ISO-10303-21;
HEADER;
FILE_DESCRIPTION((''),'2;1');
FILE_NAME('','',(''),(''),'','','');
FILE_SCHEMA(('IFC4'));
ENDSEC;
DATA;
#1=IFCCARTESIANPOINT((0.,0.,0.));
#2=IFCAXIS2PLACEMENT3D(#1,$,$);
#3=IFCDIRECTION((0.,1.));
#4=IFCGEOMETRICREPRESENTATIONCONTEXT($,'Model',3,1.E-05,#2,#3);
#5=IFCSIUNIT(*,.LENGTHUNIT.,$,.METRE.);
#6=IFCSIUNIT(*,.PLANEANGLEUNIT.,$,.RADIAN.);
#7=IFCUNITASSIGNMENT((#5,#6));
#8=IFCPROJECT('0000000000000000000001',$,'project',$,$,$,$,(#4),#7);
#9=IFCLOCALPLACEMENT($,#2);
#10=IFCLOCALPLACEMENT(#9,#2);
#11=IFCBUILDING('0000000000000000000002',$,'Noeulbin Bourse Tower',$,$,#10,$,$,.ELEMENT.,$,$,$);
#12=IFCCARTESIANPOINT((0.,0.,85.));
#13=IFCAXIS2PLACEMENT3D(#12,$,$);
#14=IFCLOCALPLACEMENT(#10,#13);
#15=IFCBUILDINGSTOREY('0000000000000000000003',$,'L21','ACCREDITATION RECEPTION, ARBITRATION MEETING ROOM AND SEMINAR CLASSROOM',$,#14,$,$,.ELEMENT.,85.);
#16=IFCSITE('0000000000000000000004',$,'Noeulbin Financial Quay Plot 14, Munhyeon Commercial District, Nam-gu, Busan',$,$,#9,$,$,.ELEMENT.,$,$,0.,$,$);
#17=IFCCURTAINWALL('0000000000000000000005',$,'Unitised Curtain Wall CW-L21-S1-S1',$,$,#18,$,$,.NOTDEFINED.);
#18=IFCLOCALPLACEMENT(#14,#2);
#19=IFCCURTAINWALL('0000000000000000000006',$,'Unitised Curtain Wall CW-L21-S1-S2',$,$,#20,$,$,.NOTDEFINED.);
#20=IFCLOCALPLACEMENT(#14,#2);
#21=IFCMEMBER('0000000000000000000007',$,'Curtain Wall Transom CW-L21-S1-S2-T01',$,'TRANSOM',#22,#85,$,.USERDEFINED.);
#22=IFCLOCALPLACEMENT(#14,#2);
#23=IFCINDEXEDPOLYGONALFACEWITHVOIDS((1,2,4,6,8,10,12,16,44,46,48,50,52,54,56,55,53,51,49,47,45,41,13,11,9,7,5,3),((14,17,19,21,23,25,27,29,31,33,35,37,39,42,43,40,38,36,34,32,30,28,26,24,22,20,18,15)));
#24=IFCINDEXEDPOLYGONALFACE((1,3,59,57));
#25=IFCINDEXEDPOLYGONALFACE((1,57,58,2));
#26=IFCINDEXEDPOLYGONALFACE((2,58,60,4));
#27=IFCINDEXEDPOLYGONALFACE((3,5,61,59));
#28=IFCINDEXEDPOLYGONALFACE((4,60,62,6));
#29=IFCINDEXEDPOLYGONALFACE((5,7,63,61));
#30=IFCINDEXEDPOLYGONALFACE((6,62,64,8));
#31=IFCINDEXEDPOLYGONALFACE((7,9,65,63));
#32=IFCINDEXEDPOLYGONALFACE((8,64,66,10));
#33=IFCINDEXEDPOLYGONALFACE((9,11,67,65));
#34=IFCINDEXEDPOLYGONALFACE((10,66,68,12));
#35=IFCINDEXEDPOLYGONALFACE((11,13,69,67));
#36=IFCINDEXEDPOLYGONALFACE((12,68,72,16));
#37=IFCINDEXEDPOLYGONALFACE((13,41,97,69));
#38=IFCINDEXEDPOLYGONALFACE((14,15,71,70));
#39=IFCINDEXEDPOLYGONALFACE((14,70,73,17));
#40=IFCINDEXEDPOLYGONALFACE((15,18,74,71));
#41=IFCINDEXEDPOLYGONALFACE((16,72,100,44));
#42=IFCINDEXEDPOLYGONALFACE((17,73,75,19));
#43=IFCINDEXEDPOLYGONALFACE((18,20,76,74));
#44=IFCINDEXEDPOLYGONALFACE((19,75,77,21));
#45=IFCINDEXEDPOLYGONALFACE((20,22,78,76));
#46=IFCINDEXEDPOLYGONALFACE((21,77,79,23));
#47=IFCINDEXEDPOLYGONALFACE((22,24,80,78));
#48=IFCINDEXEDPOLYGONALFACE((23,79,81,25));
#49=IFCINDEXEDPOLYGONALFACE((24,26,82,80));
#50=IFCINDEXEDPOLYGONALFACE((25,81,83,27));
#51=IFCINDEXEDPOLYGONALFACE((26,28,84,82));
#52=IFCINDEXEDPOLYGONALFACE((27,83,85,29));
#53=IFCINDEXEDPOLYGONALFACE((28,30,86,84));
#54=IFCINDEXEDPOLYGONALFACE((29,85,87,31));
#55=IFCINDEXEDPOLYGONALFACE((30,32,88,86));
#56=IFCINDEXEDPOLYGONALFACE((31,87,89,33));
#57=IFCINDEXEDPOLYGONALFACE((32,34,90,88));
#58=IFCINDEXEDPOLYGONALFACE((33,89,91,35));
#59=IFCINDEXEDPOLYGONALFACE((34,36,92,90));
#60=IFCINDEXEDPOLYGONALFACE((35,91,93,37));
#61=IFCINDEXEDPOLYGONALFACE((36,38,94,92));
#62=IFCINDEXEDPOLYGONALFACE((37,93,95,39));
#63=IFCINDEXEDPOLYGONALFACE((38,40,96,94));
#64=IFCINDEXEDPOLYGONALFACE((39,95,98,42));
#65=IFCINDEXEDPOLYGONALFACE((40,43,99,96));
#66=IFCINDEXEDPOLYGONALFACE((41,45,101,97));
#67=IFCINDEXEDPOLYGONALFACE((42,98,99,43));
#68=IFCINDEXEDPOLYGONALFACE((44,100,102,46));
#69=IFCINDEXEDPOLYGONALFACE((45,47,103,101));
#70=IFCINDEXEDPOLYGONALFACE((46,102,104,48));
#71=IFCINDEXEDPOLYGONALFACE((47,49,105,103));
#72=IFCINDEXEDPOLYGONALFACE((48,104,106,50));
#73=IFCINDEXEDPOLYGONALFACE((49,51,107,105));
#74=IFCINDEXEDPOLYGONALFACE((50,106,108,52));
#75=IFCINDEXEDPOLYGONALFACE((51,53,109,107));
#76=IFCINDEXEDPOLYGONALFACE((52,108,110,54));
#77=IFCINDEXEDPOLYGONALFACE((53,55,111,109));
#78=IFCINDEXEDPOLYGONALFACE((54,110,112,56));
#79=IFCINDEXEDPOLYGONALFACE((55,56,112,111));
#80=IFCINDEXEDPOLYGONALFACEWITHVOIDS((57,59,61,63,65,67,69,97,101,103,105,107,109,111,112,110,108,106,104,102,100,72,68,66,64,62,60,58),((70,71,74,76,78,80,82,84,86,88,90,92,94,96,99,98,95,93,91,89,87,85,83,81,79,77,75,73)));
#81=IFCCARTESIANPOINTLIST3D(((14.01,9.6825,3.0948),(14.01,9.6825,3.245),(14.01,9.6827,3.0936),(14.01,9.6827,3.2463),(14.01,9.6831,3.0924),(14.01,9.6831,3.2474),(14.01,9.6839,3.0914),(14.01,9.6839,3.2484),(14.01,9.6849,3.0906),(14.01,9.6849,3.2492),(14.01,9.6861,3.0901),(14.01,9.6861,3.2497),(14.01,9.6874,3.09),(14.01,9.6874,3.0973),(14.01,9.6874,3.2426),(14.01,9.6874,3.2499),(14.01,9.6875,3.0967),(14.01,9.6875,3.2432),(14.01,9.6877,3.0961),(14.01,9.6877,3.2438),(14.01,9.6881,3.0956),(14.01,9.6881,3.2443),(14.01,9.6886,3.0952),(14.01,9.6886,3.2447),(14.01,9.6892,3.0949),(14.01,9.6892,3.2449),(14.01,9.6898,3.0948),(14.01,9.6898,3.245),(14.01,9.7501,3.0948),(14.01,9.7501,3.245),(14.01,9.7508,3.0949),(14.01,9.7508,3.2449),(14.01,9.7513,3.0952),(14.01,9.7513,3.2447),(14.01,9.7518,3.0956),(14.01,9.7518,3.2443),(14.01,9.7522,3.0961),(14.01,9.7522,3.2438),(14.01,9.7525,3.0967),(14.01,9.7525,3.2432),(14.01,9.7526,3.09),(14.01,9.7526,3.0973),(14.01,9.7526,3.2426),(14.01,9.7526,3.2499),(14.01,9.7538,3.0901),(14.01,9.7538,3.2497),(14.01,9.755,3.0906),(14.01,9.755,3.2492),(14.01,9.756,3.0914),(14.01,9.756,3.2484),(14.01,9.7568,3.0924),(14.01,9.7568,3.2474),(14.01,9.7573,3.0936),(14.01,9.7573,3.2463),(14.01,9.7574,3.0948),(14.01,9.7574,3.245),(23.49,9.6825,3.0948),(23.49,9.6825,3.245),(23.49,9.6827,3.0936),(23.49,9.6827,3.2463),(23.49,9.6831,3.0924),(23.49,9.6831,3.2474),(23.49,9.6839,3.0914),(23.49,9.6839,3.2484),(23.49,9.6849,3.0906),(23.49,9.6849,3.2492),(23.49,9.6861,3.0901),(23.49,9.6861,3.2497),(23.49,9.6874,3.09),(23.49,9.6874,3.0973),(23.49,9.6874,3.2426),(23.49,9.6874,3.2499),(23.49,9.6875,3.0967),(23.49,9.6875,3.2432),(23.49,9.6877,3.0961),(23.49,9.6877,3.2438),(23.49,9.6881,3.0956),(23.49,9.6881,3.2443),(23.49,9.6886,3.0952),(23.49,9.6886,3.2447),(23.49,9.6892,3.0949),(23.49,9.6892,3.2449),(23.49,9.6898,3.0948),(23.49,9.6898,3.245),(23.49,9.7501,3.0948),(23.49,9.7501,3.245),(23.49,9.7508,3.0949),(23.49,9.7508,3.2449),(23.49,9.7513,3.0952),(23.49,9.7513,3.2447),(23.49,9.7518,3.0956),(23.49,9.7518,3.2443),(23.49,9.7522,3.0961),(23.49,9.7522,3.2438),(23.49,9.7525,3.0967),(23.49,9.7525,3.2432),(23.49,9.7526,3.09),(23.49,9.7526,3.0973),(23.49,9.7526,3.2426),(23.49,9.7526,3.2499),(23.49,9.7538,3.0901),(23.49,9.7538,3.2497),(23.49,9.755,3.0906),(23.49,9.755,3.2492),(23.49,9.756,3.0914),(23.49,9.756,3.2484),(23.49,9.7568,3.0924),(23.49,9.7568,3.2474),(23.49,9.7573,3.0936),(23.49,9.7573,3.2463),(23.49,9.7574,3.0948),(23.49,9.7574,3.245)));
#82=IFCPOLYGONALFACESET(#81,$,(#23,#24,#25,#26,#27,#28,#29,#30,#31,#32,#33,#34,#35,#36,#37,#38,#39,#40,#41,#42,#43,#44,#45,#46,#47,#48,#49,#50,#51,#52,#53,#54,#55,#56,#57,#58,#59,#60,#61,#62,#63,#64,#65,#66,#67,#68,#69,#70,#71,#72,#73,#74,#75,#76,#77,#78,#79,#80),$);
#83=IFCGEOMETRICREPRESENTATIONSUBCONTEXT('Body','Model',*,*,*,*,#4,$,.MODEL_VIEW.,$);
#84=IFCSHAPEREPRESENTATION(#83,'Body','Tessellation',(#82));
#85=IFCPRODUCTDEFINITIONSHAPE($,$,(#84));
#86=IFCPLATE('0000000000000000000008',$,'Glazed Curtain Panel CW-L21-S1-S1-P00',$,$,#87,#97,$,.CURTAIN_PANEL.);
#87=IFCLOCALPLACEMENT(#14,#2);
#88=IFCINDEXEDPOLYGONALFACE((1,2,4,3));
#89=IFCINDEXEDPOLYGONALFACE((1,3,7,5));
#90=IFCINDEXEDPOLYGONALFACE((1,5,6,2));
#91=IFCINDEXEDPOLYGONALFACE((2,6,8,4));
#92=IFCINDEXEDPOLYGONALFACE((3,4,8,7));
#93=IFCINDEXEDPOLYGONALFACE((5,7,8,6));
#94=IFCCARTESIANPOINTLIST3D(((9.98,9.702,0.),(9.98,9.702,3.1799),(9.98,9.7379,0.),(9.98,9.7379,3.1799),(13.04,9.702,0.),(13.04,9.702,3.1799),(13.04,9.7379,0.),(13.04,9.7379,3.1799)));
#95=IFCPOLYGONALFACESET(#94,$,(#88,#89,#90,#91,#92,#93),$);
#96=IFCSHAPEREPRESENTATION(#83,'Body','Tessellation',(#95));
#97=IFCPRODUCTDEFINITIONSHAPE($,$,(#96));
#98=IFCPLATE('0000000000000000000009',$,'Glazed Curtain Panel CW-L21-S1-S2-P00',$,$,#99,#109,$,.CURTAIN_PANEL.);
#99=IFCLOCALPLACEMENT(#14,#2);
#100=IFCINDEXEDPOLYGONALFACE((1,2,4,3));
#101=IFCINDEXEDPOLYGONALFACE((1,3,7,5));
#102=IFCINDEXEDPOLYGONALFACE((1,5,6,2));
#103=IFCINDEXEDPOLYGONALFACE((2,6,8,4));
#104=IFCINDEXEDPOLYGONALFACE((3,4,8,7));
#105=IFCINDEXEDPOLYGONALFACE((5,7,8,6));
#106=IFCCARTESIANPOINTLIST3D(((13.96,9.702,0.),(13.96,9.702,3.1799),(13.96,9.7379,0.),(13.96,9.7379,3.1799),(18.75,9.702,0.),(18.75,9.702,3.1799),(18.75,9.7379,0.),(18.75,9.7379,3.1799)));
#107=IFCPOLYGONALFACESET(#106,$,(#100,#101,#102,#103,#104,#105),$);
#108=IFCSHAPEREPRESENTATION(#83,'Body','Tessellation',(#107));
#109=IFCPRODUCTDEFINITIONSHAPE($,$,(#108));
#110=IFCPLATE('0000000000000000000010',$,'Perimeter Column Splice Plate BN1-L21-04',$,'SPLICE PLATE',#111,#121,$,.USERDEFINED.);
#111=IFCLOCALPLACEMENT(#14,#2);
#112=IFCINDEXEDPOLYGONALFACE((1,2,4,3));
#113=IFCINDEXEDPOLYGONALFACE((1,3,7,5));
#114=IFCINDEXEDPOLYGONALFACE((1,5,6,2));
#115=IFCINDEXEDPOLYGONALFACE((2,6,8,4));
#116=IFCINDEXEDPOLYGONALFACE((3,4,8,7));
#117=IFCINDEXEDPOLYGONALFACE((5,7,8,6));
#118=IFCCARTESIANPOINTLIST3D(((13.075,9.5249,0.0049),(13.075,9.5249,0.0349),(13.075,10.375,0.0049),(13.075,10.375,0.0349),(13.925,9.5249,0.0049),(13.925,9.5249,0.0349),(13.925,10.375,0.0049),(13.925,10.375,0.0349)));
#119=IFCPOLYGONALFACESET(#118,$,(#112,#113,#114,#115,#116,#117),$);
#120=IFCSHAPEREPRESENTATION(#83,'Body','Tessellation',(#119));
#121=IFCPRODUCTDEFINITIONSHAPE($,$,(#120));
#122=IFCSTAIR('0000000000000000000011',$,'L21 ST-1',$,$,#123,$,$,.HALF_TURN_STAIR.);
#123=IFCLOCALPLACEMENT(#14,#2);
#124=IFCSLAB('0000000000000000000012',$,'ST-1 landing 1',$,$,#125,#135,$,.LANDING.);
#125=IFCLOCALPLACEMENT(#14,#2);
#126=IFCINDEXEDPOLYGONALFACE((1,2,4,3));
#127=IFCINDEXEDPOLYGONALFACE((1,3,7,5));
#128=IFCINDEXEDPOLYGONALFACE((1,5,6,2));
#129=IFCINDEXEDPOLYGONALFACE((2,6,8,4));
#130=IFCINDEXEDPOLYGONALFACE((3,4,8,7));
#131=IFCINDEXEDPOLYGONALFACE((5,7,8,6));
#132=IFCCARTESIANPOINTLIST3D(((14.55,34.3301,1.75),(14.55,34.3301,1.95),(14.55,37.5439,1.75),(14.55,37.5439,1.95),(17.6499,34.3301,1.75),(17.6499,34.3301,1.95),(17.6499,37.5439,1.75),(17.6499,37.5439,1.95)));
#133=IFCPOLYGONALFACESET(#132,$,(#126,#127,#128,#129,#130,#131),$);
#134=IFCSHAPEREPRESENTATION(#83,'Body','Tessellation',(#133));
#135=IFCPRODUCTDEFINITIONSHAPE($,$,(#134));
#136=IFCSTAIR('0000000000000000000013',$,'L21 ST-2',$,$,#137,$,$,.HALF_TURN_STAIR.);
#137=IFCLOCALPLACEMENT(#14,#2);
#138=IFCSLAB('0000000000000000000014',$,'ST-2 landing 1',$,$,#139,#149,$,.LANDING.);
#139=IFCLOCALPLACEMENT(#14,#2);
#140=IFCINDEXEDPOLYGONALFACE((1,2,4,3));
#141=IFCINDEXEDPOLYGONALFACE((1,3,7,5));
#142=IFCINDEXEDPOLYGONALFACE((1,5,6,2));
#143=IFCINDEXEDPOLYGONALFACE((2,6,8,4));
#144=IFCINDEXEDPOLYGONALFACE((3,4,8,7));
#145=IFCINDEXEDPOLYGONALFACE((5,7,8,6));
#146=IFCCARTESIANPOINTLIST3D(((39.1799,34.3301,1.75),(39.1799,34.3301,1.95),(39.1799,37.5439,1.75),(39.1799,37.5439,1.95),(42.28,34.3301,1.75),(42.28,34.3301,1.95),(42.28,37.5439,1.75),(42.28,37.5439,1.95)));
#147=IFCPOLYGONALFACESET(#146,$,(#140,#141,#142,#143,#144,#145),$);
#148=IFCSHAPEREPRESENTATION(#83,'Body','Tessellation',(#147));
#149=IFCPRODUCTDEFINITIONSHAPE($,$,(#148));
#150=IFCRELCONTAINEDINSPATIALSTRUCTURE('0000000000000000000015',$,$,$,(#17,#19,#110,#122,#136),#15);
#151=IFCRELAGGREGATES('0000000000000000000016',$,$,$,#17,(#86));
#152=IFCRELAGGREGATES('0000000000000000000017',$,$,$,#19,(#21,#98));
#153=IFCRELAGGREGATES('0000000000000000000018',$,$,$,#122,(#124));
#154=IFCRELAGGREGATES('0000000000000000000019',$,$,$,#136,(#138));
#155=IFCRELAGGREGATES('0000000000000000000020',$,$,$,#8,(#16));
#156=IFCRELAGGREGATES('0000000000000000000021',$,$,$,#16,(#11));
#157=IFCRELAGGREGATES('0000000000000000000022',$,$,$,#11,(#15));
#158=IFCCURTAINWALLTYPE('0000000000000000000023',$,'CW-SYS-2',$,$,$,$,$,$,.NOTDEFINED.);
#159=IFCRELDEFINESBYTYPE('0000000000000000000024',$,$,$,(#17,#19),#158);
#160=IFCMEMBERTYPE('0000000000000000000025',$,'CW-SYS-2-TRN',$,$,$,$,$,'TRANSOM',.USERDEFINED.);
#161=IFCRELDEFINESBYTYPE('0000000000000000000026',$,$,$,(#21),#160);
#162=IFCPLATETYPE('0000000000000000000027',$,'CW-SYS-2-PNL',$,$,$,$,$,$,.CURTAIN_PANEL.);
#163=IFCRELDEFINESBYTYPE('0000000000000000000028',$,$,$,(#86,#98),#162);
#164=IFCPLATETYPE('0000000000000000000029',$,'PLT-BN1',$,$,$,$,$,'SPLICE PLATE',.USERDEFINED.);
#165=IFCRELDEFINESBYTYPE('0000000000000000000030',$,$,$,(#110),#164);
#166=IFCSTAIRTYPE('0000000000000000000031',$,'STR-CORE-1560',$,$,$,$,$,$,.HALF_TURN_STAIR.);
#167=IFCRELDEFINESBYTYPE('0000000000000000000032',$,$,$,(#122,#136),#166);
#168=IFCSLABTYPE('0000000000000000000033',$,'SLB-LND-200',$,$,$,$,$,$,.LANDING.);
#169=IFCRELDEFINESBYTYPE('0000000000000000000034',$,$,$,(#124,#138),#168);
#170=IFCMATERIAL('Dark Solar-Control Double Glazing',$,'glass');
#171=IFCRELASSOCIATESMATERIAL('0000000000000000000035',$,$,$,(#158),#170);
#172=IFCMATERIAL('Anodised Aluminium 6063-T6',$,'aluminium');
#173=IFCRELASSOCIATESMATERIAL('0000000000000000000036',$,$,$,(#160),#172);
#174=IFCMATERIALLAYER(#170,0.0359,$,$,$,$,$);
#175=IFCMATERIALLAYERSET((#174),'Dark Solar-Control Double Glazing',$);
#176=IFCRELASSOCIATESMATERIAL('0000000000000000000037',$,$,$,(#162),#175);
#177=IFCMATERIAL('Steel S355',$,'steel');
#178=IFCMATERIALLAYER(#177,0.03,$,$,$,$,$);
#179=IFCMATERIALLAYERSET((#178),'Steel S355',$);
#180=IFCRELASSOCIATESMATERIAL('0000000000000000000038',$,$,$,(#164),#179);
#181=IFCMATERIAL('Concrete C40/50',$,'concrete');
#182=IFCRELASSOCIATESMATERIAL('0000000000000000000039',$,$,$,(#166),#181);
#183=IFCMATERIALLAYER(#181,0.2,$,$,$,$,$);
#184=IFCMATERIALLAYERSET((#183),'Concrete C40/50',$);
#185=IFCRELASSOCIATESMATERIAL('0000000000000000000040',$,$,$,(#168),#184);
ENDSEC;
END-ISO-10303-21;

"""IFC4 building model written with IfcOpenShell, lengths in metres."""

from ifc_helpers import new_model, si_unit, direction, frame, origin, origin_2d, place, context, subcontext, project, spatial, polyline, rectangle, hollow_rectangle, outline, extrude, material, layer, layer_set, material_profile, profile_set, type_object, element, aggregate, save


model = new_model("IFC4")

# Units and contexts
model_context = context("Model", 3, precision=1e-05, world=origin(), true_north=direction((0.0, 1.0)))
body_context = subcontext(model_context, "Body", "Model", "MODEL_VIEW")
ifc_project = project(units=[si_unit("LENGTHUNIT", "METRE"), si_unit("PLANEANGLEUNIT", "RADIAN")], contexts=[model_context])

# Site, building, storey
site_placement = place(None, origin())
site = spatial("IfcSite", under=ifc_project, at=site_placement, Name="Noeulbin Financial Quay Plot 14, Munhyeon Commercial District, Nam-gu, Busan", CompositionType="ELEMENT", RefElevation=0.0)
building_placement = place(site_placement, origin())
building = spatial("IfcBuilding", under=site, at=building_placement, Name="Noeulbin Bourse Tower", CompositionType="ELEMENT")
storey_placement = place(building_placement, frame((0.0, 0.0, 85.0)))
storey = spatial("IfcBuildingStorey", under=building, at=storey_placement, Name="L21", Description="ACCREDITATION RECEPTION, ARBITRATION MEETING ROOM AND SEMINAR CLASSROOM", CompositionType="ELEMENT", Elevation=85.0)

# Shared definitions
ifc_material_1 = material(Name="Steel S355", Category="steel")

# Curtain wall
ifc_material_2 = material(Name="Dark Solar-Control Double Glazing", Category="glass")
curtain_wall_type = type_object("IfcCurtainWallType", Name="CW-SYS-2", PredefinedType="NOTDEFINED", material=ifc_material_2)
curtain_wall_1_placement = place(storey_placement, origin())
curtain_wall_1 = element("IfcCurtainWall", 1, at=curtain_wall_1_placement, inside=storey, type_object=curtain_wall_type, Name="Unitised Curtain Wall CW-L21-S1-S1", PredefinedType="NOTDEFINED")
ifc_material_3 = material(Name="Anodised Aluminium 6063-T6", Category="aluminium")

# Curtain wall
curtain_wall_2_placement = place(storey_placement, origin())
curtain_wall_2 = element("IfcCurtainWall", 2, at=curtain_wall_2_placement, inside=storey, type_object=curtain_wall_type, Name="Unitised Curtain Wall CW-L21-S1-S2", PredefinedType="NOTDEFINED")

# Member
ifc_material_profile_1 = material_profile(ifc_material_3, hollow_rectangle(XDim=0.075, YDim=0.1599, WallThickness=0.0049, InnerFilletRadius=0.0024, OuterFilletRadius=0.0049, at=origin_2d()), Name="ALU-TRAN-75x160x5", Category="LoadBearing")
ifc_profile_set_1 = profile_set([ifc_material_profile_1], Name="Anodised Aluminium 6063-T6")
member_type_1 = type_object("IfcMemberType", Name="CW-SYS-2-TRN", ElementType="TRANSOM", PredefinedType="USERDEFINED", material=ifc_profile_set_1)
member_1_placement = place(storey_placement, frame((14.01, 9.72, 3.1699), z_axis=(1.0, 0.0, 0.0), x_axis=(0.0, 1.0, 0.0)))
member_1 = element("IfcMember", 3, at=member_1_placement, type_object=member_type_1, Name="Curtain Wall Transom CW-L21-S1-S2-T01", ObjectType="TRANSOM", PredefinedType="USERDEFINED", context=body_context, shape_type="SweptSolid", body=[
    extrude(hollow_rectangle(XDim=0.075, YDim=0.1599, WallThickness=0.0049, InnerFilletRadius=0.0024, OuterFilletRadius=0.0049, at=origin_2d()), origin(), (0.0, 0.0, 1.0), 9.48),
])

# Plates
ifc_layer_1 = layer(ifc_material_2, 0.0359)
ifc_layer_set_1 = layer_set([ifc_layer_1], Name="Dark Solar-Control Double Glazing")
plate_type_1 = type_object("IfcPlateType", Name="CW-SYS-2-PNL", PredefinedType="CURTAIN_PANEL", material=ifc_layer_set_1)
plate_1_placement = place(storey_placement, frame((11.51, 9.72, 0.0), z_axis=(0.0, 0.0, 1.0), x_axis=(1.0, 0.0, 0.0)))
plate_1 = element("IfcPlate", 4, at=plate_1_placement, type_object=plate_type_1, Name="Glazed Curtain Panel CW-L21-S1-S1-P00", PredefinedType="CURTAIN_PANEL", context=body_context, shape_type="SweptSolid", body=[
    extrude(rectangle(XDim=3.0601, YDim=0.0359, at=origin_2d()), origin(), (0.0, 0.0, 1.0), 3.1799),
])
aggregate(curtain_wall_1, [plate_1])
plate_2_placement = place(storey_placement, frame((16.355, 9.72, 0.0), z_axis=(0.0, 0.0, 1.0), x_axis=(1.0, 0.0, 0.0)))
plate_2 = element("IfcPlate", 5, at=plate_2_placement, type_object=plate_type_1, Name="Glazed Curtain Panel CW-L21-S1-S2-P00", PredefinedType="CURTAIN_PANEL", context=body_context, shape_type="SweptSolid", body=[
    extrude(rectangle(XDim=4.79, YDim=0.0359, at=origin_2d()), origin(), (0.0, 0.0, 1.0), 3.1799),
])
aggregate(curtain_wall_2, [member_1, plate_2])
ifc_layer_2 = layer(ifc_material_1, 0.03)
ifc_layer_set_2 = layer_set([ifc_layer_2], Name="Steel S355")
plate_type_2 = type_object("IfcPlateType", Name="PLT-BN1", ElementType="SPLICE PLATE", PredefinedType="USERDEFINED", material=ifc_layer_set_2)
plate_3_placement = place(storey_placement, frame((13.5, 9.95, 0.0049), z_axis=(0.0, 0.0, 1.0), x_axis=(1.0, 0.0, 0.0)))
element("IfcPlate", 6, at=plate_3_placement, inside=storey, type_object=plate_type_2, Name="Perimeter Column Splice Plate BN1-L21-04", ObjectType="SPLICE PLATE", PredefinedType="USERDEFINED", context=body_context, shape_type="SweptSolid", body=[
    extrude(rectangle(XDim=0.8501, YDim=0.8501, at=origin_2d()), origin(), (0.0, 0.0, 1.0), 0.03),
])

# Stairs, slabs
ifc_material_4 = material(Name="Concrete C40/50", Category="concrete")
stair_type = type_object("IfcStairType", Name="STR-CORE-1560", PredefinedType="HALF_TURN_STAIR", material=ifc_material_4)
stair_1_placement = place(storey_placement, origin())
stair_1 = element("IfcStair", 7, at=stair_1_placement, inside=storey, type_object=stair_type, Name="L21 ST-1", PredefinedType="HALF_TURN_STAIR")
ifc_layer_3 = layer(ifc_material_4, 0.2)
ifc_layer_set_3 = layer_set([ifc_layer_3], Name="Concrete C40/50")
slab_type_1 = type_object("IfcSlabType", Name="SLB-LND-200", PredefinedType="LANDING", material=ifc_layer_set_3)
slab_1_placement = place(storey_placement, frame((0.0, 0.0, 1.75)))
slab_1 = element("IfcSlab", 8, at=slab_1_placement, type_object=slab_type_1, Name="ST-1 landing 1", PredefinedType="LANDING", context=body_context, shape_type="SweptSolid", body=[
    extrude(outline(polyline([(17.6499, 34.3301), (17.6499, 37.5439), (14.55, 37.5439), (14.55, 34.3301), (17.6499, 34.3301)])), origin(), (0.0, 0.0, 1.0), 0.2),
])
aggregate(stair_1, [slab_1])
stair_2_placement = place(storey_placement, origin())
stair_2 = element("IfcStair", 9, at=stair_2_placement, inside=storey, type_object=stair_type, Name="L21 ST-2", PredefinedType="HALF_TURN_STAIR")
slab_2_placement = place(storey_placement, frame((0.0, 0.0, 1.75)))
slab_2 = element("IfcSlab", 10, at=slab_2_placement, type_object=slab_type_1, Name="ST-2 landing 1", PredefinedType="LANDING", context=body_context, shape_type="SweptSolid", body=[
    extrude(outline(polyline([(42.28, 34.3301), (42.28, 37.5439), (39.1799, 37.5439), (39.1799, 34.3301), (42.28, 34.3301)])), origin(), (0.0, 0.0, 1.0), 0.2),
])
aggregate(stair_2, [slab_2])

save(model, "model.ifc")
